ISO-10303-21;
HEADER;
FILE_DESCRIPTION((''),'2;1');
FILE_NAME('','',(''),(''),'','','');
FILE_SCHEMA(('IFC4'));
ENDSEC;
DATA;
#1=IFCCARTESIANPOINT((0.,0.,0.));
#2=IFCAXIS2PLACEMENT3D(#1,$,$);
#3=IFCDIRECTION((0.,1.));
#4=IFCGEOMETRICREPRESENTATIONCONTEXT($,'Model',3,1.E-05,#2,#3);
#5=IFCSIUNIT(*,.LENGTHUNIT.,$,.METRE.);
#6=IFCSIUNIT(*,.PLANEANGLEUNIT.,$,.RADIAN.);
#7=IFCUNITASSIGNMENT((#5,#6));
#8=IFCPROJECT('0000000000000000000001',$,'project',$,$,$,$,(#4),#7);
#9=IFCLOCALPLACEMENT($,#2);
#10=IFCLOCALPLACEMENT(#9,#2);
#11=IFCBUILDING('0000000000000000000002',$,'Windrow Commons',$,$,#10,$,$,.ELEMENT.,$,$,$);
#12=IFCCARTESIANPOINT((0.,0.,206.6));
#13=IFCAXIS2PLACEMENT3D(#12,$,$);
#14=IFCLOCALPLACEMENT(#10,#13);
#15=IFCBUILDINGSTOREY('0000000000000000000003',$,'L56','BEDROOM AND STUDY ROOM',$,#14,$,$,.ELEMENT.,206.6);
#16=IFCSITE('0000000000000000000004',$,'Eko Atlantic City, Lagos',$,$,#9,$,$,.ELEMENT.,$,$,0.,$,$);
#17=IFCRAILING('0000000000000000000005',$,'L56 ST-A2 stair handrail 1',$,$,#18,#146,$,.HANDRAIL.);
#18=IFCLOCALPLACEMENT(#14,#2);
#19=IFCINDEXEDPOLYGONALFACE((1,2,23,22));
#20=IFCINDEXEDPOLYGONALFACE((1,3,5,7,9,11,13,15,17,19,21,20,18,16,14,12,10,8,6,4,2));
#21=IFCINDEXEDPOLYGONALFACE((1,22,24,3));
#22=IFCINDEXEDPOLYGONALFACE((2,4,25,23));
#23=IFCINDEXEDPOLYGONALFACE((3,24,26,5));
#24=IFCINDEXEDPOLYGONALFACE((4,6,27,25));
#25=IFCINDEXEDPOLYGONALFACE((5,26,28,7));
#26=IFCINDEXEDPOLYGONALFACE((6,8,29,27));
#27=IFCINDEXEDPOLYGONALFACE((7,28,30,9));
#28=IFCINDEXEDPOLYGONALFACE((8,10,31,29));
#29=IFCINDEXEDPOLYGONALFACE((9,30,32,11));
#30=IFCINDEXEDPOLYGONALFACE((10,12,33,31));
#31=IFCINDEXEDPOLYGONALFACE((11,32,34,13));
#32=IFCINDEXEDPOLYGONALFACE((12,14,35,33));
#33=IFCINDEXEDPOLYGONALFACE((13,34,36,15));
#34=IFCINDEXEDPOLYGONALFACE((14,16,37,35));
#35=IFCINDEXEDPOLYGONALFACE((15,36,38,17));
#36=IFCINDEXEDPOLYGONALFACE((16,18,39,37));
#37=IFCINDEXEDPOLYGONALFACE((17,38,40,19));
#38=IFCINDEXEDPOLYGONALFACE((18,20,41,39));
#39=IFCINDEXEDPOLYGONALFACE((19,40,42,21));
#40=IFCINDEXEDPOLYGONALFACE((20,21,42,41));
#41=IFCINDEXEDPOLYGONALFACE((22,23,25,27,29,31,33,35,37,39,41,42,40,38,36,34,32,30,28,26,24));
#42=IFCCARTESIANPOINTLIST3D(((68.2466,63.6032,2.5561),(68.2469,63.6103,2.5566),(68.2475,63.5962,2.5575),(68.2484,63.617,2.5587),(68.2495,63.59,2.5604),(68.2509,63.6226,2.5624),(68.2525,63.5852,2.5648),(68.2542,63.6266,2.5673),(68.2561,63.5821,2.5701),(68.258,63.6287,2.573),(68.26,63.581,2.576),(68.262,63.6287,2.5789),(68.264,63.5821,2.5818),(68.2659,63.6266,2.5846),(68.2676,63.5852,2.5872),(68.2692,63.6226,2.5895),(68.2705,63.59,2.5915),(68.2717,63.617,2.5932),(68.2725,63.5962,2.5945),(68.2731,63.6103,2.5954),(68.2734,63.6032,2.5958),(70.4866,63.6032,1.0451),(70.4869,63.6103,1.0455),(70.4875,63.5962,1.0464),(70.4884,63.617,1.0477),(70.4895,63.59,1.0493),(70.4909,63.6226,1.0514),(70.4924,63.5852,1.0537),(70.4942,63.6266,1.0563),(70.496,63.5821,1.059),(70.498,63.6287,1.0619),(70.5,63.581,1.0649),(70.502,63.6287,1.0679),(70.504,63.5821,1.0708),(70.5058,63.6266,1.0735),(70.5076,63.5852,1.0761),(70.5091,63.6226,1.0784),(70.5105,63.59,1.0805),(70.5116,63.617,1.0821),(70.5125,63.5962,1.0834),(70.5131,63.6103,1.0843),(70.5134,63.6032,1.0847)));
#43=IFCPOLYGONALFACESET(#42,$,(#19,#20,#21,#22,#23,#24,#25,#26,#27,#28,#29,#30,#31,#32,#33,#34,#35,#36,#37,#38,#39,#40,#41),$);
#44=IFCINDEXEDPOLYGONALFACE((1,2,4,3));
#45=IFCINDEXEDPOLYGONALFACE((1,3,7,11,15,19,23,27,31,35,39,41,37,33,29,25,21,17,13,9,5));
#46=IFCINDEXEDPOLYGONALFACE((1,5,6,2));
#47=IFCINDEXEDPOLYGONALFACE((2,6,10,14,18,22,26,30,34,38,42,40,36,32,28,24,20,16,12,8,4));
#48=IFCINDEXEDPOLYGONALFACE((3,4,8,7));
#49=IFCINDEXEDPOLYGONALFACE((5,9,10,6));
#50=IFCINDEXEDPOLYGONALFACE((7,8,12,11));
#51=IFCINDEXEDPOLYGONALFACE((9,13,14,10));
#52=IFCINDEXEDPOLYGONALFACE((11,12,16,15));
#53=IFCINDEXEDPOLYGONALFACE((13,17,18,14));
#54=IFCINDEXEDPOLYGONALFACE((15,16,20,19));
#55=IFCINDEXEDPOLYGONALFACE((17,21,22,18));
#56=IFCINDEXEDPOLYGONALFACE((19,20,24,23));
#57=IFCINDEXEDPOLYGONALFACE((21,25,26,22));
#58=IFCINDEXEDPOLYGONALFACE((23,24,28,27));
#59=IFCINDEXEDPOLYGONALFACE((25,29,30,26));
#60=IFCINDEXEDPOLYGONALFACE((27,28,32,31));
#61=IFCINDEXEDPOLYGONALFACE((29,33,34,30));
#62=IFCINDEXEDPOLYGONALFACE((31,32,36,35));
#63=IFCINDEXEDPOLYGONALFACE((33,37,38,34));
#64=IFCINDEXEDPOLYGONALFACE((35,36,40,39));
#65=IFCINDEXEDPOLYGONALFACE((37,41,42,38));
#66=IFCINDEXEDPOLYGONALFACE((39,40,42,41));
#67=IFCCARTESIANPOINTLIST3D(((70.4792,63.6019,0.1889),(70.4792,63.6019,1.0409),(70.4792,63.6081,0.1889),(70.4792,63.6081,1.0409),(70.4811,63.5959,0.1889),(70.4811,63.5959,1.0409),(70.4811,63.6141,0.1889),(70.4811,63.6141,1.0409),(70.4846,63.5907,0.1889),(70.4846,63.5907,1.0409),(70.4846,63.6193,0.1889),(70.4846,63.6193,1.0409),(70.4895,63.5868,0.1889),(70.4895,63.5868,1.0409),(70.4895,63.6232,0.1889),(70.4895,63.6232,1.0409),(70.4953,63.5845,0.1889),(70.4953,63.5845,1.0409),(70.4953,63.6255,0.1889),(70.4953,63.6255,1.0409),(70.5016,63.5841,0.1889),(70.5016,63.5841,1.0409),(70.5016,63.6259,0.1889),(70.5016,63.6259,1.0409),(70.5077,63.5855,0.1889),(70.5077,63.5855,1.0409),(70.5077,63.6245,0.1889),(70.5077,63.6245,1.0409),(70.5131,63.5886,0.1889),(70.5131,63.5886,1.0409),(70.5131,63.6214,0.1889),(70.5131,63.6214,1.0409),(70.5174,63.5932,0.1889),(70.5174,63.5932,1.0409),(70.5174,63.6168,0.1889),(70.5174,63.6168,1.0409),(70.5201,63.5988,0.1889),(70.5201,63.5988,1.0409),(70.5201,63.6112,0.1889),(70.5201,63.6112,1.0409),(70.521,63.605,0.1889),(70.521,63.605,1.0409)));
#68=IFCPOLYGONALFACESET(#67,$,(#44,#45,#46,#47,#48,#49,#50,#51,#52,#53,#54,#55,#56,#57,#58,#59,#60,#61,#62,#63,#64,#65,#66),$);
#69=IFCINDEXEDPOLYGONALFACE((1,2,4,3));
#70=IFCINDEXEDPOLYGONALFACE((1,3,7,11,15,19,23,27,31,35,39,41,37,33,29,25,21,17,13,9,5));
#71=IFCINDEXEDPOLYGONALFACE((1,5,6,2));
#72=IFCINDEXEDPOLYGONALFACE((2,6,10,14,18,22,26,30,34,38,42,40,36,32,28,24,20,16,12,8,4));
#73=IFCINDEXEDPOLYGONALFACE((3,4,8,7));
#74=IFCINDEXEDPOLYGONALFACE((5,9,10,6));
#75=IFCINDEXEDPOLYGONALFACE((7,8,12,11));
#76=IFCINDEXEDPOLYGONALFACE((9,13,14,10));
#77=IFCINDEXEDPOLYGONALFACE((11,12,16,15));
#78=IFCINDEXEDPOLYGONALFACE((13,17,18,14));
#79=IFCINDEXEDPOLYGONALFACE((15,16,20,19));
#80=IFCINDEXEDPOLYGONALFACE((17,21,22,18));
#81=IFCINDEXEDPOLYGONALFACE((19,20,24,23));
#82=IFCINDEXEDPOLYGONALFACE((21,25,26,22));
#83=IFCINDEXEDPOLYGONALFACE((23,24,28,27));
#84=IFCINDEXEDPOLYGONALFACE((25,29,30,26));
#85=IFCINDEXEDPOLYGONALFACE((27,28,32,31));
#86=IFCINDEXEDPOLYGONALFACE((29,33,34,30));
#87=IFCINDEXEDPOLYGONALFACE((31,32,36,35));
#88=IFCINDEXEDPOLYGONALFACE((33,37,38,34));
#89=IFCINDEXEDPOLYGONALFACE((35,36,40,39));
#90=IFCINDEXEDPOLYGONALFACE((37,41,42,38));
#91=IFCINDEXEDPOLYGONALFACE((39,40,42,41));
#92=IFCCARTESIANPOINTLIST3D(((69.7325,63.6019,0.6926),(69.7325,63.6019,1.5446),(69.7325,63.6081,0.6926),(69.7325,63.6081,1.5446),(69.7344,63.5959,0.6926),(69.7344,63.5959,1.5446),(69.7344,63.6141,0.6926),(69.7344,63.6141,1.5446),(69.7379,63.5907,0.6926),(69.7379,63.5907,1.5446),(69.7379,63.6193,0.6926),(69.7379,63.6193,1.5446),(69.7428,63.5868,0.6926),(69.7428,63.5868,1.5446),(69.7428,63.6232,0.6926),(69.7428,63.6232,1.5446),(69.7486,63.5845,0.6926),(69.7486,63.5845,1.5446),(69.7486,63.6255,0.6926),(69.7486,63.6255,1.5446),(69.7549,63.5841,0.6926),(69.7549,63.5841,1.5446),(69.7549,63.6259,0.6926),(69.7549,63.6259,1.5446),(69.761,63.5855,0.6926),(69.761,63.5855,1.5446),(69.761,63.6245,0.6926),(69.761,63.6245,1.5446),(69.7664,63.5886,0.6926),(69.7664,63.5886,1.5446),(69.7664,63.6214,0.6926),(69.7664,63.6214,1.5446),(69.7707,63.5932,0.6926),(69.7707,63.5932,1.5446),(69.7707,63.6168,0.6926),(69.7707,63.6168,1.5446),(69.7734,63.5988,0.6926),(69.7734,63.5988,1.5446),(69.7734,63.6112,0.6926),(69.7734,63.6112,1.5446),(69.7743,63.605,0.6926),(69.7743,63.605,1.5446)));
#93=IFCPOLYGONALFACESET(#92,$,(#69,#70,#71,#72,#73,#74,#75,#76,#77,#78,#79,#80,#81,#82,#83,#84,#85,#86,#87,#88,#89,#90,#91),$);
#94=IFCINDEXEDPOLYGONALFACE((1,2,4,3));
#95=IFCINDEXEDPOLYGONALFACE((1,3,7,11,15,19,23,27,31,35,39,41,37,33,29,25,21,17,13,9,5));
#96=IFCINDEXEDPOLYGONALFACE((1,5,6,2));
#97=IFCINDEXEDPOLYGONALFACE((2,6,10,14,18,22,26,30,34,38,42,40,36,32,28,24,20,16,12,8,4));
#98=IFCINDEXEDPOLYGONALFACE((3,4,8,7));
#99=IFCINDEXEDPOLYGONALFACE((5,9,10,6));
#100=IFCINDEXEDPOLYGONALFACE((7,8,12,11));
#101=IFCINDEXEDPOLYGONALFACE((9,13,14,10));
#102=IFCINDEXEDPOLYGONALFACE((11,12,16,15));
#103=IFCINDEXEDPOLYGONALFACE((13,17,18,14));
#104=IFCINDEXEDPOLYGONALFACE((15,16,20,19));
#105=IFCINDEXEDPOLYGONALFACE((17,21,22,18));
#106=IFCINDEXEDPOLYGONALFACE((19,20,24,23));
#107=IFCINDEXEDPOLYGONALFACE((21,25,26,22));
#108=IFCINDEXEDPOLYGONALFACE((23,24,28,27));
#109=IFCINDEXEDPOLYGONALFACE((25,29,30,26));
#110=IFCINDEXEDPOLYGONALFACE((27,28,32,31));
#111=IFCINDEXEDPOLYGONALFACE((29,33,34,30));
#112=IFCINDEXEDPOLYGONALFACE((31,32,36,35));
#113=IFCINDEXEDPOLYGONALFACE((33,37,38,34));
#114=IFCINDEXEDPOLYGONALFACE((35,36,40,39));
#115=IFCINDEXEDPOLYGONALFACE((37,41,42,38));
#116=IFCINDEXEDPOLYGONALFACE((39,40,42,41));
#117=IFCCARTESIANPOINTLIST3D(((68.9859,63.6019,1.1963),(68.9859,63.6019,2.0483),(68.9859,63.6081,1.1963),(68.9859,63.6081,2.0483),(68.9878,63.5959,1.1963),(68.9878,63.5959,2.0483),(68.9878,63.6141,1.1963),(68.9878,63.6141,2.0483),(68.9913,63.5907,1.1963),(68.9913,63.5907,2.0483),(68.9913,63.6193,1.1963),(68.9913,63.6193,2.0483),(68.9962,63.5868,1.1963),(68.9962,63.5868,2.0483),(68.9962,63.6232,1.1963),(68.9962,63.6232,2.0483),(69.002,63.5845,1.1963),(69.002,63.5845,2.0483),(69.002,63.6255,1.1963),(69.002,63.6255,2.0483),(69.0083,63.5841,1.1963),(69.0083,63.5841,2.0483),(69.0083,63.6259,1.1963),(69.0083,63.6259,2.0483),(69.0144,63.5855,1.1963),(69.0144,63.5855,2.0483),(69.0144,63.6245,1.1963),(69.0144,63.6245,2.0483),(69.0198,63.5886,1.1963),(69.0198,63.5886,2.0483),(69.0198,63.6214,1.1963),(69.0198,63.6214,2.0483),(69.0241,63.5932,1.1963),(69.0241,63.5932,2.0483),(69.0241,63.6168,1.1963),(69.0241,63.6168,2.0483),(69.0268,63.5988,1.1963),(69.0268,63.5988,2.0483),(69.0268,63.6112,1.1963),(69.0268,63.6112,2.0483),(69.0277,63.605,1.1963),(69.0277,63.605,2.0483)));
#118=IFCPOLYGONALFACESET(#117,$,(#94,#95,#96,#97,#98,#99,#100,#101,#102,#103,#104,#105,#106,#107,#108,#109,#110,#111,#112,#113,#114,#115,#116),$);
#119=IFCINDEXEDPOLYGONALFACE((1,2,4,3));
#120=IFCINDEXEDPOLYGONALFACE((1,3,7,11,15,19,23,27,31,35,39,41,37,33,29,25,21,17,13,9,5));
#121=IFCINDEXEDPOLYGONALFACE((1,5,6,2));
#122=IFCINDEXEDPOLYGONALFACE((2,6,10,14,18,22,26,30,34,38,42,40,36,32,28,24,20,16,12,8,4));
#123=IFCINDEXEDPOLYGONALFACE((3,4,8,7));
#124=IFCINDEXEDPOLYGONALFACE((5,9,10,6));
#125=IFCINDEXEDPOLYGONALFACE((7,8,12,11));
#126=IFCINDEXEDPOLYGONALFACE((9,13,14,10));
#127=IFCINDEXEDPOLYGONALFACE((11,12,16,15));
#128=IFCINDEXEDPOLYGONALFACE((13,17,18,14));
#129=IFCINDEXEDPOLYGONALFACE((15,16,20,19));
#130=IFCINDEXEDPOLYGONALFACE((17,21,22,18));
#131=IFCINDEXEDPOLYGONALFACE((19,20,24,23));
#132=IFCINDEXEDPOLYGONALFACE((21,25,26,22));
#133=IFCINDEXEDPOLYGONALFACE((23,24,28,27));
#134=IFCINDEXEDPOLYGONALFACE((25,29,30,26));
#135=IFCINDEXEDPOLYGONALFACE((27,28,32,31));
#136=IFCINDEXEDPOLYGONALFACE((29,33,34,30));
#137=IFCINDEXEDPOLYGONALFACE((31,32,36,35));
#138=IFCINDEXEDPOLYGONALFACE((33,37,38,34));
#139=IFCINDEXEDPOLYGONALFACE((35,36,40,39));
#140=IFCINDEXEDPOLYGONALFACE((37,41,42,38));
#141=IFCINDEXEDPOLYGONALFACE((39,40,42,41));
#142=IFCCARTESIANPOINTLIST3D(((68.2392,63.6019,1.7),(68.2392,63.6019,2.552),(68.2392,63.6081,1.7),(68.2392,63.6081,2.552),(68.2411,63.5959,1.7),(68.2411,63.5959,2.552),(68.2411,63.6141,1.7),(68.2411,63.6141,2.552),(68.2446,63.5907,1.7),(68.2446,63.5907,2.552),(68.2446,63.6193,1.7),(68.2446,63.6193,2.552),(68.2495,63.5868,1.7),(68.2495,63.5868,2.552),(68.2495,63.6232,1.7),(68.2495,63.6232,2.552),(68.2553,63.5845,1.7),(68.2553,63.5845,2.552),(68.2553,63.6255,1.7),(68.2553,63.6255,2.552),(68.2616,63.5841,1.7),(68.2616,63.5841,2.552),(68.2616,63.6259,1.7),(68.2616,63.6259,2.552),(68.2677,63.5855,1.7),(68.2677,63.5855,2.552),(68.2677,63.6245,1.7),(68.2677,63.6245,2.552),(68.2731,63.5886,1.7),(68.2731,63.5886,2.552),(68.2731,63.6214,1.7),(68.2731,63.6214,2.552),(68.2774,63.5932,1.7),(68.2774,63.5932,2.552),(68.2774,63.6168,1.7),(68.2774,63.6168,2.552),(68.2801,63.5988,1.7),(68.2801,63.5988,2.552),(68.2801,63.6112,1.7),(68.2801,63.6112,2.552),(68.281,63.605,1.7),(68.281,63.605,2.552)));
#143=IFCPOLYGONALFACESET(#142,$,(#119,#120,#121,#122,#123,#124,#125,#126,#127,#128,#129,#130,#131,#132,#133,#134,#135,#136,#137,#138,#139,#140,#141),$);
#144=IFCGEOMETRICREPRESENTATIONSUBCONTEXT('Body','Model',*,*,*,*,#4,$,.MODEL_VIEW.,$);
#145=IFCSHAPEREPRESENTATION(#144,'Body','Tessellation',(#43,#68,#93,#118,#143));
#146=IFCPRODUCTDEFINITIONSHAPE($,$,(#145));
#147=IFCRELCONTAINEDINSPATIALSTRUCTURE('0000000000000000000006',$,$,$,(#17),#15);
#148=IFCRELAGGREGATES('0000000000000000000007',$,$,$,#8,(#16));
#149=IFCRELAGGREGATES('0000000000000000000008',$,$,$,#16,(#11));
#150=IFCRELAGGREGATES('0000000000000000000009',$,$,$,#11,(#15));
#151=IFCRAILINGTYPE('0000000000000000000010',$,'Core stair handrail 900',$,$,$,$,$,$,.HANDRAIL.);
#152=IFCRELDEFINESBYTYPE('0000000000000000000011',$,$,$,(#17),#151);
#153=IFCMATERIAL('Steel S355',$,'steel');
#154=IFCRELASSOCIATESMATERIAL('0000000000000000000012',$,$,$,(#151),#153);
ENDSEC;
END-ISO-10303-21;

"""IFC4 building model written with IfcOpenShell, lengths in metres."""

from ifc_helpers import new_model, si_unit, direction, frame, origin, origin_2d, place, context, subcontext, project, spatial, circle, extrude, material, type_object, element, save


model = new_model("IFC4")

# Units and contexts
model_context = context("Model", 3, precision=1e-05, world=origin(), true_north=direction((0.0, 1.0)))
body_context = subcontext(model_context, "Body", "Model", "MODEL_VIEW")
ifc_project = project(units=[si_unit("LENGTHUNIT", "METRE"), si_unit("PLANEANGLEUNIT", "RADIAN")], contexts=[model_context])

# Site, building, storey
site_placement = place(None, origin())
site = spatial("IfcSite", under=ifc_project, at=site_placement, Name="Eko Atlantic City, Lagos", CompositionType="ELEMENT", RefElevation=0.0)
building_placement = place(site_placement, origin())
building = spatial("IfcBuilding", under=site, at=building_placement, Name="Windrow Commons", CompositionType="ELEMENT")
storey_placement = place(building_placement, frame((0.0, 0.0, 206.6)))
storey = spatial("IfcBuildingStorey", under=building, at=storey_placement, Name="L56", Description="BEDROOM AND STUDY ROOM", CompositionType="ELEMENT", Elevation=206.6)

# Railing
ifc_material_1 = material(Name="Steel S355", Category="steel")
railing_type_1 = type_object("IfcRailingType", Name="Core stair handrail 900", PredefinedType="HANDRAIL", material=ifc_material_1)
railing_1_placement = place(storey_placement, frame((70.5, 63.605, 0.1889)))
element("IfcRailing", 1, at=railing_1_placement, inside=storey, type_object=railing_type_1, Name="L56 ST-A2 stair handrail 1", PredefinedType="HANDRAIL", context=body_context, shape_type="SweptSolid", body=[
    extrude(circle(Radius=0.024, at=origin_2d()), frame((0.0, 0.0, 0.876), z_axis=(-0.829003, 0.0, 0.559244), x_axis=(0.0, -1.0, 0.0)), (0.0, 0.0, 1.0), 2.702),
    extrude(circle(Radius=0.021, at=origin_2d()), origin(), (0.0, 0.0, 1.0), 0.852),
    extrude(circle(Radius=0.021, at=origin_2d()), frame((-0.7467, 0.0, 0.5037)), (0.0, 0.0, 1.0), 0.852),
    extrude(circle(Radius=0.021, at=origin_2d()), frame((-1.4933, 0.0, 1.0074)), (0.0, 0.0, 1.0), 0.852),
    extrude(circle(Radius=0.021, at=origin_2d()), frame((-2.24, 0.0, 1.5111)), (0.0, 0.0, 1.0), 0.852),
])

save(model, "model.ifc")
